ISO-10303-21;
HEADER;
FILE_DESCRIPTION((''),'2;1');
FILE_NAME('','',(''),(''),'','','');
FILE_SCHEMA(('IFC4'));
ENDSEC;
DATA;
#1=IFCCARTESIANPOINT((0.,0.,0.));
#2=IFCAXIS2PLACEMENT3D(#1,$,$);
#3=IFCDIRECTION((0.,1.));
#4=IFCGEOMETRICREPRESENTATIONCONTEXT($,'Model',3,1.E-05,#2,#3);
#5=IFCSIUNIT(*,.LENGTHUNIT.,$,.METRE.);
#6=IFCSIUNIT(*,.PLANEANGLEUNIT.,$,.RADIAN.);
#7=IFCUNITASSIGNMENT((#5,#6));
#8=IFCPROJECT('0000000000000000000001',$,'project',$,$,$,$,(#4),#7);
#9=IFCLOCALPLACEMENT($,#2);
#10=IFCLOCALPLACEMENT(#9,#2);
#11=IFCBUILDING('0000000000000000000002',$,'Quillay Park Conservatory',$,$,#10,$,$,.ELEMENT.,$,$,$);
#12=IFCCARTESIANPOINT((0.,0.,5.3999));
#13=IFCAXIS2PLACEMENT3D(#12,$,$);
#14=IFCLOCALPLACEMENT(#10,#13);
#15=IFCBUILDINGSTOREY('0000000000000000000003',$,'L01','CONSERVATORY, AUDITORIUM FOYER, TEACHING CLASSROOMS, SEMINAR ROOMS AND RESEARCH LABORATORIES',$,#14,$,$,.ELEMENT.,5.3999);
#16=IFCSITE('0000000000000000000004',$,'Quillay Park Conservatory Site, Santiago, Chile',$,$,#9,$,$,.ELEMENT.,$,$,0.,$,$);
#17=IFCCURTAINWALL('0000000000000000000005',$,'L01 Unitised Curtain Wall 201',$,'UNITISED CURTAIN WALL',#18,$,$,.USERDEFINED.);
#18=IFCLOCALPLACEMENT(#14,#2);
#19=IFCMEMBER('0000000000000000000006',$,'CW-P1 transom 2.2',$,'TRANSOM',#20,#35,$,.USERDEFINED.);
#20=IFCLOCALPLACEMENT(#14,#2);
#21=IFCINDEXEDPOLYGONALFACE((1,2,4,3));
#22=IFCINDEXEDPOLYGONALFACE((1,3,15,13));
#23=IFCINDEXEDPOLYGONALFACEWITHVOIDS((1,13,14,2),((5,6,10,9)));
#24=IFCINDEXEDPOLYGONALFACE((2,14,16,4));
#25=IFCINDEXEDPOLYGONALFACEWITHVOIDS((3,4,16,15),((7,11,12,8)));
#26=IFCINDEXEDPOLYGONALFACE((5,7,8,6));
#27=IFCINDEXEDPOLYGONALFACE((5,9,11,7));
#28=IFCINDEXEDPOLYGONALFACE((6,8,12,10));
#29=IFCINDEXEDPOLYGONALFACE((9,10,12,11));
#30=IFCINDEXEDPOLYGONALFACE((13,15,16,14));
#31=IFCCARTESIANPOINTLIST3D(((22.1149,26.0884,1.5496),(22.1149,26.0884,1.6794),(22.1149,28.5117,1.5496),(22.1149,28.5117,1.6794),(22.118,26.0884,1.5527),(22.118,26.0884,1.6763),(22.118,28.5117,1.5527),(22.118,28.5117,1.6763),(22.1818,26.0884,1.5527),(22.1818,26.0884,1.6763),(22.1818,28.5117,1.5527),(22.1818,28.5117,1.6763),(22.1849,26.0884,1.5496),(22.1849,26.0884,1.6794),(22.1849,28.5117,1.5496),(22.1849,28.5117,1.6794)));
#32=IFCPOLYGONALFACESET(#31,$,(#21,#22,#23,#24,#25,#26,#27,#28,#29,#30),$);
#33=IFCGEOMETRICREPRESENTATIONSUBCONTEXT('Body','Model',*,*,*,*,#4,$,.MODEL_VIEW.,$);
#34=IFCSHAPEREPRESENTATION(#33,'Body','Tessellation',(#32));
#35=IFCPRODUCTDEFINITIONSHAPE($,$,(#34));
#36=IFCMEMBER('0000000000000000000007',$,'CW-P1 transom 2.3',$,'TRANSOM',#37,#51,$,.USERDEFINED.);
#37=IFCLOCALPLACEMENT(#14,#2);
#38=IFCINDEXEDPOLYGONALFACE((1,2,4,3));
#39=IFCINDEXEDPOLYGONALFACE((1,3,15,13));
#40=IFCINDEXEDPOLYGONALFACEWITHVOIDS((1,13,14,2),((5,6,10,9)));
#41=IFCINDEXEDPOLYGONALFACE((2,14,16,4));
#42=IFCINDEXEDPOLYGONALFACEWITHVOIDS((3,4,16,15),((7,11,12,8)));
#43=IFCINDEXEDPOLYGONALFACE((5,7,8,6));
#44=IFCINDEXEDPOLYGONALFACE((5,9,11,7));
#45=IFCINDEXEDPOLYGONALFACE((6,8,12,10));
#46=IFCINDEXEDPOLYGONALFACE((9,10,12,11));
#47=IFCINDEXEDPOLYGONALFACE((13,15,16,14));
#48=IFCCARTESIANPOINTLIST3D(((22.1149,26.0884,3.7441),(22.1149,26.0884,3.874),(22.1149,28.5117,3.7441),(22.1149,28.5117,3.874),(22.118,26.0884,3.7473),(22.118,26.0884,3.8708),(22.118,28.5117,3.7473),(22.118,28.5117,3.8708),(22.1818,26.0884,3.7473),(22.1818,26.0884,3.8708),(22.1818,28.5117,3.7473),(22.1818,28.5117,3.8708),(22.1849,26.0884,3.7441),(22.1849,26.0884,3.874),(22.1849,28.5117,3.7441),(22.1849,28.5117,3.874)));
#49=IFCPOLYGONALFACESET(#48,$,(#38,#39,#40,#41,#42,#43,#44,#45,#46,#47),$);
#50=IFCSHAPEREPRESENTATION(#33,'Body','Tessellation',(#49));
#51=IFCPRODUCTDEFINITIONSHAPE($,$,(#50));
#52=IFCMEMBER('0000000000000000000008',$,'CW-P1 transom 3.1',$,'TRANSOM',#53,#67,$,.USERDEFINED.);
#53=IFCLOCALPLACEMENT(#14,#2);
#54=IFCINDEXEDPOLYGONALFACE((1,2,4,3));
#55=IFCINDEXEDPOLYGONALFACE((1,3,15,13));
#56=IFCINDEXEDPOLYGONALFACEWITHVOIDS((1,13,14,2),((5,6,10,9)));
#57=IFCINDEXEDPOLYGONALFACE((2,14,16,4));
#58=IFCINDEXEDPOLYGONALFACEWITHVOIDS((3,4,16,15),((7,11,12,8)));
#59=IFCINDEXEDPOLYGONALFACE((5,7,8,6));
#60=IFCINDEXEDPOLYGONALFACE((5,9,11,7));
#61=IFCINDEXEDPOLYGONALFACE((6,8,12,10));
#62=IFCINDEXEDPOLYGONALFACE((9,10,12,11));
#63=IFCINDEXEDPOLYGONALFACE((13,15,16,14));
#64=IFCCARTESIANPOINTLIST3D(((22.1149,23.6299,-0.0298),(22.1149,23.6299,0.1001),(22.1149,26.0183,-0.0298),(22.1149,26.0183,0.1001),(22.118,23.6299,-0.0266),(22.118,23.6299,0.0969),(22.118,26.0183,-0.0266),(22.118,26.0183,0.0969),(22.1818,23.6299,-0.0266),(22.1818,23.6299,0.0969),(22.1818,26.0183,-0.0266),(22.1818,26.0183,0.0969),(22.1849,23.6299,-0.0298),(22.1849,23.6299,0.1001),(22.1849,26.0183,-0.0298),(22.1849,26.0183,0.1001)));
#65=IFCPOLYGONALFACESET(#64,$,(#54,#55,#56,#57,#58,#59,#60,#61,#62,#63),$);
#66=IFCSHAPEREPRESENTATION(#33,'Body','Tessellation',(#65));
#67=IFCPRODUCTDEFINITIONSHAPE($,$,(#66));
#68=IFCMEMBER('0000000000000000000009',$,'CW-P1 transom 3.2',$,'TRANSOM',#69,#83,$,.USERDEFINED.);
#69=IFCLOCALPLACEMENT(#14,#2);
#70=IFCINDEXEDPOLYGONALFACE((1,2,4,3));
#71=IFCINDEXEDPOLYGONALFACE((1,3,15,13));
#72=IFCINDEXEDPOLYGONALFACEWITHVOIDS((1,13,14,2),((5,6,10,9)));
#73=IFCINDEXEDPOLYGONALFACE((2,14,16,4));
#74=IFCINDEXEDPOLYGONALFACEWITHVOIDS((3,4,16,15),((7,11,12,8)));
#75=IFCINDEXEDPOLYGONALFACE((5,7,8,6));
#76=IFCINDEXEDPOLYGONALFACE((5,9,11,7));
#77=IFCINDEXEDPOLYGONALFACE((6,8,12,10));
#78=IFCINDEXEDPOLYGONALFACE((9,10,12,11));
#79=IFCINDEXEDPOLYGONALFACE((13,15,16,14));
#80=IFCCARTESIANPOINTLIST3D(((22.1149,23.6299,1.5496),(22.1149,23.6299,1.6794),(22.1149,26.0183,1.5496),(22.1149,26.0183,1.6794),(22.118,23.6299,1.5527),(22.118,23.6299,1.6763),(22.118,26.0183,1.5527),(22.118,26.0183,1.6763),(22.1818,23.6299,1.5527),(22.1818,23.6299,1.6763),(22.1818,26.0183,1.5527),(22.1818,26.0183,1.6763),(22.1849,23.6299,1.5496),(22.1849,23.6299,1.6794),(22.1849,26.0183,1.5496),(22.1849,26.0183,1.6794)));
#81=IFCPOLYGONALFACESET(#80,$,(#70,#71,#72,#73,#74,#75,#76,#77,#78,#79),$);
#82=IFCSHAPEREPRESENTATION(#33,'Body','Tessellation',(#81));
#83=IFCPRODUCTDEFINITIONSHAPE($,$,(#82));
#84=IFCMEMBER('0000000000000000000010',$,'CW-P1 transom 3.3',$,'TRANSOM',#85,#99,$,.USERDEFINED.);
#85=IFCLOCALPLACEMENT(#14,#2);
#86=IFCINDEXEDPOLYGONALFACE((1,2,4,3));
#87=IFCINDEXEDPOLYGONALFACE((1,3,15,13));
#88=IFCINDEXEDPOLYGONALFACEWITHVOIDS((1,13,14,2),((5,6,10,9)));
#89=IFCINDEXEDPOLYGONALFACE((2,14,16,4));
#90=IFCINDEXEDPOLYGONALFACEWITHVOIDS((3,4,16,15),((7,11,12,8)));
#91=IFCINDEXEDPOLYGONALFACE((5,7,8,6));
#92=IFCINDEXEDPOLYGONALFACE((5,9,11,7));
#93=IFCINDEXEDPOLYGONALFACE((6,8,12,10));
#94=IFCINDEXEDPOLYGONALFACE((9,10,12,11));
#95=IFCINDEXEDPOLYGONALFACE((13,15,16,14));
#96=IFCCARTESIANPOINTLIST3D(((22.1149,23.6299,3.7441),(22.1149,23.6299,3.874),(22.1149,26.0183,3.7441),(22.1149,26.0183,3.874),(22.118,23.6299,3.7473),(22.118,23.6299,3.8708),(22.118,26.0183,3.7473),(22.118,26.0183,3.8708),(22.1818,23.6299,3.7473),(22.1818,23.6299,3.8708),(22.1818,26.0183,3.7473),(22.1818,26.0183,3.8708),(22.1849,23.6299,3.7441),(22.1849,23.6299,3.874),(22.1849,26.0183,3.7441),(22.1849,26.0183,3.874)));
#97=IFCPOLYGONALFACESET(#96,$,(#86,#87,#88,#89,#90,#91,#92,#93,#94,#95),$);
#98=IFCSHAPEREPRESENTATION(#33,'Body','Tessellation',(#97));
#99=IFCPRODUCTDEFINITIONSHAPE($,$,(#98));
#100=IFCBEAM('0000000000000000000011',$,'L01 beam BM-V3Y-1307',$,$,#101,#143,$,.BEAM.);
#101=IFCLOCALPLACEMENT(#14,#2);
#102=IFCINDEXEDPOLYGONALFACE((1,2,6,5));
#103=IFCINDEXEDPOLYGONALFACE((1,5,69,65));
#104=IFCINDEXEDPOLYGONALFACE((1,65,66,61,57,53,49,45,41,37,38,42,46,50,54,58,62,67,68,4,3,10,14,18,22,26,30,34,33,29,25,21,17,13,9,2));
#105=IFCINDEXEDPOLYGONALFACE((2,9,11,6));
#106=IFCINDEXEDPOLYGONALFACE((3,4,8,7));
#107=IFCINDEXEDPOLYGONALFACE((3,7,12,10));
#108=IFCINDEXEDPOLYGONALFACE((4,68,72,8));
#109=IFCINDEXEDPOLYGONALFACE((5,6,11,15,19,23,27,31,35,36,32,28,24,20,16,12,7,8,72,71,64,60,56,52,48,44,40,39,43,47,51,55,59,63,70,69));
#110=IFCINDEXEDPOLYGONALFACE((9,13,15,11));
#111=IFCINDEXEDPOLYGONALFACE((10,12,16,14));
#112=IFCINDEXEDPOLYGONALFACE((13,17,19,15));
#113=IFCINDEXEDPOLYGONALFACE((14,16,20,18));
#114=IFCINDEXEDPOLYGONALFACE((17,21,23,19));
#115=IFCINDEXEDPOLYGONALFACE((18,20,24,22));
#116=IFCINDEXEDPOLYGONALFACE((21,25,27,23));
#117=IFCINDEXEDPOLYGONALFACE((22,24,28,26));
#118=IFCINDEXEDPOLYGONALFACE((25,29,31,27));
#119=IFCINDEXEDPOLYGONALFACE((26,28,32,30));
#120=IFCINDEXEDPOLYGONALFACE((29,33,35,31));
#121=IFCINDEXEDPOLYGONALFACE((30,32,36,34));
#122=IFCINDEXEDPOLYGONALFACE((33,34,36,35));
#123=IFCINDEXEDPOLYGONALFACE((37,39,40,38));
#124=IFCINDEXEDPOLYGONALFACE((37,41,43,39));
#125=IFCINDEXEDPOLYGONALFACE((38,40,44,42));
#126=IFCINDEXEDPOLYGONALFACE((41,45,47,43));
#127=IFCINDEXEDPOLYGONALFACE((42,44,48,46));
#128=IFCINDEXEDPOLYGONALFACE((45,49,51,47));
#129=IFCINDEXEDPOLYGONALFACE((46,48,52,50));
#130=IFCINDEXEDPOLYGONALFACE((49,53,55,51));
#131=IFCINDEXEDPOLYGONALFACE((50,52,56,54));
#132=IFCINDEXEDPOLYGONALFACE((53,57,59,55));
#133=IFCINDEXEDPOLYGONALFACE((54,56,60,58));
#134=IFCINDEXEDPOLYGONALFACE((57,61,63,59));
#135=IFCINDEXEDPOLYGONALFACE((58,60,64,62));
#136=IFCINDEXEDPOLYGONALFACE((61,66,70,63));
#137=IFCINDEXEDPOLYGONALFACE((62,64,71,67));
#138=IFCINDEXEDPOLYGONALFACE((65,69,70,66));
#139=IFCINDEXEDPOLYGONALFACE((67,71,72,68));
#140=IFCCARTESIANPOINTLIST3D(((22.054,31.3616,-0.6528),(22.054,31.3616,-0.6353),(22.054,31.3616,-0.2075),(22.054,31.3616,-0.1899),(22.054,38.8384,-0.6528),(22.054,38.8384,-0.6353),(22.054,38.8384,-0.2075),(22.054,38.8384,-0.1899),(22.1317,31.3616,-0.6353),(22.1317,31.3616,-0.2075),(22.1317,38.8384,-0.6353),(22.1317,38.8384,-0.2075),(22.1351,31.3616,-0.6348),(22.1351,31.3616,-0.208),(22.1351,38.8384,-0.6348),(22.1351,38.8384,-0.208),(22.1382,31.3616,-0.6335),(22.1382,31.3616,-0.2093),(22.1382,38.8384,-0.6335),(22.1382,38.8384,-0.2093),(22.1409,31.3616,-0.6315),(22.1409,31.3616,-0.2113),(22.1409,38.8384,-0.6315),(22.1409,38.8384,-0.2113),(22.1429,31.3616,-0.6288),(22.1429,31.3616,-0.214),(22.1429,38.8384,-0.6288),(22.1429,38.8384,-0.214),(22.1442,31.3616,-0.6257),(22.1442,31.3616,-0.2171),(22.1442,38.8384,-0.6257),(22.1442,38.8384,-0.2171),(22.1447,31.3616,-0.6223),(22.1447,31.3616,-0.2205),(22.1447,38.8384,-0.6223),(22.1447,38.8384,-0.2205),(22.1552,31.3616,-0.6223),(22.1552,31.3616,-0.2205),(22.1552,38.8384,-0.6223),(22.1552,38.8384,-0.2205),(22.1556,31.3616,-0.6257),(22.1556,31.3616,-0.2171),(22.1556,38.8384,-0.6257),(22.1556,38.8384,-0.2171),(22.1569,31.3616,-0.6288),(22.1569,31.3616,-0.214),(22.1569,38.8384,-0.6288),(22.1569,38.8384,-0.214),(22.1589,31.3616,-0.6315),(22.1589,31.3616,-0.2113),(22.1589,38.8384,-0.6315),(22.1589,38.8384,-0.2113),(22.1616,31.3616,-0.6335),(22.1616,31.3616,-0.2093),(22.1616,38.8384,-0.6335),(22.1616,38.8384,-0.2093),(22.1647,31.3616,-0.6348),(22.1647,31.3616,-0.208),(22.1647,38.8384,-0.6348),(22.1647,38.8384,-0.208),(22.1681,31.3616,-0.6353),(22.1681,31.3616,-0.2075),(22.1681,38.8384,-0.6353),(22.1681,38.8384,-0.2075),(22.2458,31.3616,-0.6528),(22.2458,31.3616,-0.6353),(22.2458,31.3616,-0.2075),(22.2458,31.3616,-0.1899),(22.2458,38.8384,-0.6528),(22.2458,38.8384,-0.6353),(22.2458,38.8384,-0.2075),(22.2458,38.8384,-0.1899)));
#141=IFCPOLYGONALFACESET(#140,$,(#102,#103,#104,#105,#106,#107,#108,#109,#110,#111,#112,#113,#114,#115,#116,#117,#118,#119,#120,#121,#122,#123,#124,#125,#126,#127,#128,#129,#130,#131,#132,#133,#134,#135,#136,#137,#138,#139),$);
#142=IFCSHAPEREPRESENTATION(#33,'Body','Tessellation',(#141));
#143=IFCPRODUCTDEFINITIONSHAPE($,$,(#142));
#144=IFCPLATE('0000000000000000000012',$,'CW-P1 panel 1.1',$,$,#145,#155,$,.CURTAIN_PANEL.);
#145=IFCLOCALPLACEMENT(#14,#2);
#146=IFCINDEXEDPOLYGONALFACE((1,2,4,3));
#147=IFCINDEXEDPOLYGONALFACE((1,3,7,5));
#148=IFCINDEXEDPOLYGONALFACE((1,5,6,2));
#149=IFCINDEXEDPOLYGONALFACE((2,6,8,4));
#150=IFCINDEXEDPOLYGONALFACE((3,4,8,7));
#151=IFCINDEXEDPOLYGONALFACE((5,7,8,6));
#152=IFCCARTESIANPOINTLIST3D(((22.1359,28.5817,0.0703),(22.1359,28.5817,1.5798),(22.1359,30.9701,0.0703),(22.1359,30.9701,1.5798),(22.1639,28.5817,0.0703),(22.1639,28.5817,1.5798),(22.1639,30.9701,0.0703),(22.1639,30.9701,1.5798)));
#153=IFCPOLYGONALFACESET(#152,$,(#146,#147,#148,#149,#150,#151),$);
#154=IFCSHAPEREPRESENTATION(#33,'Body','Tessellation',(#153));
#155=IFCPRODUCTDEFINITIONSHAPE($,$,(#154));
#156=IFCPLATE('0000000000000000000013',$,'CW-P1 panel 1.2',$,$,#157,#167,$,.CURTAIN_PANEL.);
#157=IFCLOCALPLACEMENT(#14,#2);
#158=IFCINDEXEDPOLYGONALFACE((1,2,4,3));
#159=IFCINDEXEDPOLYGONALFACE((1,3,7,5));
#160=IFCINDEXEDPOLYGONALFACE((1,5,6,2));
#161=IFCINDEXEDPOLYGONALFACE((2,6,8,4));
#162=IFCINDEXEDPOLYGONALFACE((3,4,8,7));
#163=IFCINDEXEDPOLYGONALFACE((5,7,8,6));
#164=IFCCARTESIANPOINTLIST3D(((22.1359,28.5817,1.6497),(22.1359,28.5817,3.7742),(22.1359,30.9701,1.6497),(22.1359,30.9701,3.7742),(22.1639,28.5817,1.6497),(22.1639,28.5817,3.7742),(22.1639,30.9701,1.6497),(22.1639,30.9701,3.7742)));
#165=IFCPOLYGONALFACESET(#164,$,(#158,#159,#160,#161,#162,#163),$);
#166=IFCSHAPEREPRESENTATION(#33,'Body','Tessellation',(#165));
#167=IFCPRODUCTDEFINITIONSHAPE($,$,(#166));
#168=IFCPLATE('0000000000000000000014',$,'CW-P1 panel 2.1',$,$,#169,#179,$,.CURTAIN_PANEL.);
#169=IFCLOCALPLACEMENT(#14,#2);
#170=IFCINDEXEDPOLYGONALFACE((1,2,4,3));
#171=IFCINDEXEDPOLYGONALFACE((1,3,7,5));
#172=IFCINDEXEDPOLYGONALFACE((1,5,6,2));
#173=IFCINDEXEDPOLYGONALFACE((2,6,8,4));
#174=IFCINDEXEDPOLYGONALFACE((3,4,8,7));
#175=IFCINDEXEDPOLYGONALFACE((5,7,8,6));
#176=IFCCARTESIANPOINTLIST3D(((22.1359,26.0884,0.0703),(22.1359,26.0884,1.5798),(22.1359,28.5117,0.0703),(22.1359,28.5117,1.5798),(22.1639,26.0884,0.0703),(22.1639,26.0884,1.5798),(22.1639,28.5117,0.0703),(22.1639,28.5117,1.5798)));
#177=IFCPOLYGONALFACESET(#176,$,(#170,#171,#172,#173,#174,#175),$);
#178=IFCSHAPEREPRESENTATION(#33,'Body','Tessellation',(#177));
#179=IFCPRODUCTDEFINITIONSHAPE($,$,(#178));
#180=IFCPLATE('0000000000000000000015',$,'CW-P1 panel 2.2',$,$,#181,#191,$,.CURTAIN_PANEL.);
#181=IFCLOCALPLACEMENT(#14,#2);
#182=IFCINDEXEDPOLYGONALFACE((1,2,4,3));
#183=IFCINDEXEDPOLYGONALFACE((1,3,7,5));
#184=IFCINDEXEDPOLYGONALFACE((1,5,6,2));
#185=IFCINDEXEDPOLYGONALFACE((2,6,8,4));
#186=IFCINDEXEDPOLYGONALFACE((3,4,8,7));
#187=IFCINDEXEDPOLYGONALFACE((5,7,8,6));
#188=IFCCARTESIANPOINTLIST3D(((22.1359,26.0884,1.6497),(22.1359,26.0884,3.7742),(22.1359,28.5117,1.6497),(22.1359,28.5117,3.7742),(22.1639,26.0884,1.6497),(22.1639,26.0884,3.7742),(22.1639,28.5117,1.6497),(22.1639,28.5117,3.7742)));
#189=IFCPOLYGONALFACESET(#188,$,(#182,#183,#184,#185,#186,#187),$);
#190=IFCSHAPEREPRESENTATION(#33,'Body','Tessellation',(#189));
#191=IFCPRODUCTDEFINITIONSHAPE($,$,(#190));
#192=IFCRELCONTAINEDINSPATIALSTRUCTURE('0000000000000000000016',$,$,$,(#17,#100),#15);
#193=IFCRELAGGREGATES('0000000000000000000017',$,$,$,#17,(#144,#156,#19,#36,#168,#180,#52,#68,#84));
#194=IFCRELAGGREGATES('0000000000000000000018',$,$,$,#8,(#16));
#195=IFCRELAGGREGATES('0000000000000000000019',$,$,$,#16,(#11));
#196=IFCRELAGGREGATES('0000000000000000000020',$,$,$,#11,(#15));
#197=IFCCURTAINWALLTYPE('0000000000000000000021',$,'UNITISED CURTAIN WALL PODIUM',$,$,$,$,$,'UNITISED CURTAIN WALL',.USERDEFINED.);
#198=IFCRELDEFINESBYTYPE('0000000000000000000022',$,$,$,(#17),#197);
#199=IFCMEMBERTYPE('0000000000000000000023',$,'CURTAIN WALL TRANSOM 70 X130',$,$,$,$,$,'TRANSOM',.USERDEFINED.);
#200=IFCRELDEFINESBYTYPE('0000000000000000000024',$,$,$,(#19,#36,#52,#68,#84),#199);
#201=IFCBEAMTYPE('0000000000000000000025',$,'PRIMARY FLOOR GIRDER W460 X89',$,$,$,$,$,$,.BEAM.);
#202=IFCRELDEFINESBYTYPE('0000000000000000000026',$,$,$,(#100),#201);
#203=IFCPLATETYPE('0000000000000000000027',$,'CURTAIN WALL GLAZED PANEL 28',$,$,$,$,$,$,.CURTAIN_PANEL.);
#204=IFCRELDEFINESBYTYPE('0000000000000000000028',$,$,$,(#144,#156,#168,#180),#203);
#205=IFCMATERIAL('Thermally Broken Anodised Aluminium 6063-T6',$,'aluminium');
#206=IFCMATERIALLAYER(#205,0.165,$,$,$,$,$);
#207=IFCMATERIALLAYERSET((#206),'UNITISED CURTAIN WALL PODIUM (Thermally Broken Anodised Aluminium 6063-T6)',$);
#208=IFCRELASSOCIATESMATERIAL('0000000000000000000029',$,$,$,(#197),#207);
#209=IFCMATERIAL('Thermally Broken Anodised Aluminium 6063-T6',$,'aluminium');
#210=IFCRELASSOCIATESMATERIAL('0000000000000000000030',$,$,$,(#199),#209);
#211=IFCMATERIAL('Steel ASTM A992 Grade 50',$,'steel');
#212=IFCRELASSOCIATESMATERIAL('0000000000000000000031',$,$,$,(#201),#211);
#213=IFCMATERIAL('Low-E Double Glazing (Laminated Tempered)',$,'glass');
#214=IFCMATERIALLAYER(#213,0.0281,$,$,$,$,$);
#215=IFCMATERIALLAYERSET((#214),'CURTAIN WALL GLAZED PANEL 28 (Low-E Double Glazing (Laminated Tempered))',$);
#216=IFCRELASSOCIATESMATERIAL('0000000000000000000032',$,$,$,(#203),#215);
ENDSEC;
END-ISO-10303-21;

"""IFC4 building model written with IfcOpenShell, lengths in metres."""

from ifc_helpers import new_model, si_unit, direction, frame, origin, origin_2d, place, context, subcontext, project, spatial, rectangle, hollow_rectangle, i_section, extrude, material, layer, layer_set, material_profile, profile_set, type_object, element, aggregate, save


model = new_model("IFC4")

# Units and contexts
model_context = context("Model", 3, precision=1e-05, world=origin(), true_north=direction((0.0, 1.0)))
body_context = subcontext(model_context, "Body", "Model", "MODEL_VIEW")
ifc_project = project(units=[si_unit("LENGTHUNIT", "METRE"), si_unit("PLANEANGLEUNIT", "RADIAN")], contexts=[model_context])

# Site, building, storey
site_placement = place(None, origin())
site = spatial("IfcSite", under=ifc_project, at=site_placement, Name="Quillay Park Conservatory Site, Santiago, Chile", CompositionType="ELEMENT", RefElevation=0.0)
building_placement = place(site_placement, origin())
building = spatial("IfcBuilding", under=site, at=building_placement, Name="Quillay Park Conservatory", CompositionType="ELEMENT")
storey_placement = place(building_placement, frame((0.0, 0.0, 5.3999)))
storey = spatial("IfcBuildingStorey", under=building, at=storey_placement, Name="L01", Description="CONSERVATORY, AUDITORIUM FOYER, TEACHING CLASSROOMS, SEMINAR ROOMS AND RESEARCH LABORATORIES", CompositionType="ELEMENT", Elevation=5.3999)

# Curtain wall
ifc_material_1 = material(Name="Thermally Broken Anodised Aluminium 6063-T6", Category="aluminium")
ifc_layer_1 = layer(ifc_material_1, 0.165)
ifc_layer_set_1 = layer_set([ifc_layer_1], Name="UNITISED CURTAIN WALL PODIUM (Thermally Broken Anodised Aluminium 6063-T6)")
curtain_wall_type = type_object("IfcCurtainWallType", Name="UNITISED CURTAIN WALL PODIUM", ElementType="UNITISED CURTAIN WALL", PredefinedType="USERDEFINED", material=ifc_layer_set_1)
curtain_wall_1_placement = place(storey_placement, origin())
curtain_wall_1 = element("IfcCurtainWall", 1, at=curtain_wall_1_placement, inside=storey, type_object=curtain_wall_type, Name="L01 Unitised Curtain Wall 201", ObjectType="UNITISED CURTAIN WALL", PredefinedType="USERDEFINED")

# Members
ifc_material_2 = material(Name="Thermally Broken Anodised Aluminium 6063-T6", Category="aluminium")
ifc_material_profile_1 = material_profile(ifc_material_2, hollow_rectangle(XDim=0.0701, YDim=0.1299, WallThickness=0.0032, at=origin_2d()), Name="AL70x130x3.2")
ifc_profile_set_1 = profile_set([ifc_material_profile_1], Name="Thermally Broken Anodised Aluminium 6063-T6")
member_type_1 = type_object("IfcMemberType", Name="CURTAIN WALL TRANSOM 70 X130", ElementType="TRANSOM", PredefinedType="USERDEFINED", material=ifc_profile_set_1)
member_1_placement = place(storey_placement, frame((22.1499, 28.5117, 1.6145), z_axis=(0.0, -1.0, 0.0), x_axis=(1.0, 0.0, 0.0)))
member_1 = element("IfcMember", 2, at=member_1_placement, type_object=member_type_1, Name="CW-P1 transom 2.2", ObjectType="TRANSOM", PredefinedType="USERDEFINED", context=body_context, shape_type="SweptSolid", body=[
    extrude(hollow_rectangle(XDim=0.0701, YDim=0.1299, WallThickness=0.0032, at=origin_2d()), origin(), (0.0, 0.0, 1.0), 2.4233),
])
member_2_placement = place(storey_placement, frame((22.1499, 28.5117, 3.8091), z_axis=(0.0, -1.0, 0.0), x_axis=(1.0, 0.0, 0.0)))
member_2 = element("IfcMember", 3, at=member_2_placement, type_object=member_type_1, Name="CW-P1 transom 2.3", ObjectType="TRANSOM", PredefinedType="USERDEFINED", context=body_context, shape_type="SweptSolid", body=[
    extrude(hollow_rectangle(XDim=0.0701, YDim=0.1299, WallThickness=0.0032, at=origin_2d()), origin(), (0.0, 0.0, 1.0), 2.4233),
])
member_3_placement = place(storey_placement, frame((22.1499, 26.0183, 0.0352), z_axis=(0.0, -1.0, 0.0), x_axis=(1.0, 0.0, 0.0)))
member_3 = element("IfcMember", 4, at=member_3_placement, type_object=member_type_1, Name="CW-P1 transom 3.1", ObjectType="TRANSOM", PredefinedType="USERDEFINED", context=body_context, shape_type="SweptSolid", body=[
    extrude(hollow_rectangle(XDim=0.0701, YDim=0.1299, WallThickness=0.0032, at=origin_2d()), origin(), (0.0, 0.0, 1.0), 2.3884),
])
member_4_placement = place(storey_placement, frame((22.1499, 26.0183, 1.6145), z_axis=(0.0, -1.0, 0.0), x_axis=(1.0, 0.0, 0.0)))
member_4 = element("IfcMember", 5, at=member_4_placement, type_object=member_type_1, Name="CW-P1 transom 3.2", ObjectType="TRANSOM", PredefinedType="USERDEFINED", context=body_context, shape_type="SweptSolid", body=[
    extrude(hollow_rectangle(XDim=0.0701, YDim=0.1299, WallThickness=0.0032, at=origin_2d()), origin(), (0.0, 0.0, 1.0), 2.3884),
])
member_5_placement = place(storey_placement, frame((22.1499, 26.0183, 3.8091), z_axis=(0.0, -1.0, 0.0), x_axis=(1.0, 0.0, 0.0)))
member_5 = element("IfcMember", 6, at=member_5_placement, type_object=member_type_1, Name="CW-P1 transom 3.3", ObjectType="TRANSOM", PredefinedType="USERDEFINED", context=body_context, shape_type="SweptSolid", body=[
    extrude(hollow_rectangle(XDim=0.0701, YDim=0.1299, WallThickness=0.0032, at=origin_2d()), origin(), (0.0, 0.0, 1.0), 2.3884),
])

# Beam
ifc_material_3 = material(Name="Steel ASTM A992 Grade 50", Category="steel")
ifc_material_profile_2 = material_profile(ifc_material_3, i_section(OverallWidth=0.1919, OverallDepth=0.4629, WebThickness=0.0105, FlangeThickness=0.0176, FilletRadius=0.0129, at=origin_2d()), Name="W460x89")
ifc_profile_set_2 = profile_set([ifc_material_profile_2], Name="Steel ASTM A992 Grade 50")
beam_type = type_object("IfcBeamType", Name="PRIMARY FLOOR GIRDER W460 X89", PredefinedType="BEAM", material=ifc_profile_set_2)
beam_placement = place(storey_placement, frame((22.1499, 31.3616, -0.4214), z_axis=(0.0, 1.0, 0.0), x_axis=(-1.0, 0.0, 0.0)))
element("IfcBeam", 7, at=beam_placement, inside=storey, type_object=beam_type, Name="L01 beam BM-V3Y-1307", PredefinedType="BEAM", context=body_context, shape_type="SweptSolid", body=[
    extrude(i_section(OverallWidth=0.1919, OverallDepth=0.4629, WebThickness=0.0105, FlangeThickness=0.0176, FilletRadius=0.0129, at=origin_2d()), origin(), (0.0, 0.0, 1.0), 7.4768),
])

# Plates
ifc_material_4 = material(Name="Low-E Double Glazing (Laminated Tempered)", Category="glass")
ifc_layer_2 = layer(ifc_material_4, 0.0281)
ifc_layer_set_2 = layer_set([ifc_layer_2], Name="CURTAIN WALL GLAZED PANEL 28 (Low-E Double Glazing (Laminated Tempered))")
plate_type = type_object("IfcPlateType", Name="CURTAIN WALL GLAZED PANEL 28", PredefinedType="CURTAIN_PANEL", material=ifc_layer_set_2)
plate_1_placement = place(storey_placement, frame((22.1499, 29.7759, 0.0703), z_axis=(0.0, 0.0, 1.0), x_axis=(0.0, -1.0, 0.0)))
plate_1 = element("IfcPlate", 8, at=plate_1_placement, type_object=plate_type, Name="CW-P1 panel 1.1", PredefinedType="CURTAIN_PANEL", context=body_context, shape_type="SweptSolid", body=[
    extrude(rectangle(XDim=2.3884, YDim=0.0281, at=origin_2d()), origin(), (0.0, 0.0, 1.0), 1.5095),
])
plate_2_placement = place(storey_placement, frame((22.1499, 29.7759, 1.6497), z_axis=(0.0, 0.0, 1.0), x_axis=(0.0, -1.0, 0.0)))
plate_2 = element("IfcPlate", 9, at=plate_2_placement, type_object=plate_type, Name="CW-P1 panel 1.2", PredefinedType="CURTAIN_PANEL", context=body_context, shape_type="SweptSolid", body=[
    extrude(rectangle(XDim=2.3884, YDim=0.0281, at=origin_2d()), origin(), (0.0, 0.0, 1.0), 2.1245),
])
plate_3_placement = place(storey_placement, frame((22.1499, 27.3, 0.0703), z_axis=(0.0, 0.0, 1.0), x_axis=(0.0, -1.0, 0.0)))
plate_3 = element("IfcPlate", 10, at=plate_3_placement, type_object=plate_type, Name="CW-P1 panel 2.1", PredefinedType="CURTAIN_PANEL", context=body_context, shape_type="SweptSolid", body=[
    extrude(rectangle(XDim=2.4233, YDim=0.0281, at=origin_2d()), origin(), (0.0, 0.0, 1.0), 1.5095),
])
plate_4_placement = place(storey_placement, frame((22.1499, 27.3, 1.6497), z_axis=(0.0, 0.0, 1.0), x_axis=(0.0, -1.0, 0.0)))
plate_4 = element("IfcPlate", 11, at=plate_4_placement, type_object=plate_type, Name="CW-P1 panel 2.2", PredefinedType="CURTAIN_PANEL", context=body_context, shape_type="SweptSolid", body=[
    extrude(rectangle(XDim=2.4233, YDim=0.0281, at=origin_2d()), origin(), (0.0, 0.0, 1.0), 2.1245),
])
aggregate(curtain_wall_1, [plate_1, plate_2, member_1, member_2, plate_3, plate_4, member_3, member_4, member_5])

save(model, "model.ifc")
